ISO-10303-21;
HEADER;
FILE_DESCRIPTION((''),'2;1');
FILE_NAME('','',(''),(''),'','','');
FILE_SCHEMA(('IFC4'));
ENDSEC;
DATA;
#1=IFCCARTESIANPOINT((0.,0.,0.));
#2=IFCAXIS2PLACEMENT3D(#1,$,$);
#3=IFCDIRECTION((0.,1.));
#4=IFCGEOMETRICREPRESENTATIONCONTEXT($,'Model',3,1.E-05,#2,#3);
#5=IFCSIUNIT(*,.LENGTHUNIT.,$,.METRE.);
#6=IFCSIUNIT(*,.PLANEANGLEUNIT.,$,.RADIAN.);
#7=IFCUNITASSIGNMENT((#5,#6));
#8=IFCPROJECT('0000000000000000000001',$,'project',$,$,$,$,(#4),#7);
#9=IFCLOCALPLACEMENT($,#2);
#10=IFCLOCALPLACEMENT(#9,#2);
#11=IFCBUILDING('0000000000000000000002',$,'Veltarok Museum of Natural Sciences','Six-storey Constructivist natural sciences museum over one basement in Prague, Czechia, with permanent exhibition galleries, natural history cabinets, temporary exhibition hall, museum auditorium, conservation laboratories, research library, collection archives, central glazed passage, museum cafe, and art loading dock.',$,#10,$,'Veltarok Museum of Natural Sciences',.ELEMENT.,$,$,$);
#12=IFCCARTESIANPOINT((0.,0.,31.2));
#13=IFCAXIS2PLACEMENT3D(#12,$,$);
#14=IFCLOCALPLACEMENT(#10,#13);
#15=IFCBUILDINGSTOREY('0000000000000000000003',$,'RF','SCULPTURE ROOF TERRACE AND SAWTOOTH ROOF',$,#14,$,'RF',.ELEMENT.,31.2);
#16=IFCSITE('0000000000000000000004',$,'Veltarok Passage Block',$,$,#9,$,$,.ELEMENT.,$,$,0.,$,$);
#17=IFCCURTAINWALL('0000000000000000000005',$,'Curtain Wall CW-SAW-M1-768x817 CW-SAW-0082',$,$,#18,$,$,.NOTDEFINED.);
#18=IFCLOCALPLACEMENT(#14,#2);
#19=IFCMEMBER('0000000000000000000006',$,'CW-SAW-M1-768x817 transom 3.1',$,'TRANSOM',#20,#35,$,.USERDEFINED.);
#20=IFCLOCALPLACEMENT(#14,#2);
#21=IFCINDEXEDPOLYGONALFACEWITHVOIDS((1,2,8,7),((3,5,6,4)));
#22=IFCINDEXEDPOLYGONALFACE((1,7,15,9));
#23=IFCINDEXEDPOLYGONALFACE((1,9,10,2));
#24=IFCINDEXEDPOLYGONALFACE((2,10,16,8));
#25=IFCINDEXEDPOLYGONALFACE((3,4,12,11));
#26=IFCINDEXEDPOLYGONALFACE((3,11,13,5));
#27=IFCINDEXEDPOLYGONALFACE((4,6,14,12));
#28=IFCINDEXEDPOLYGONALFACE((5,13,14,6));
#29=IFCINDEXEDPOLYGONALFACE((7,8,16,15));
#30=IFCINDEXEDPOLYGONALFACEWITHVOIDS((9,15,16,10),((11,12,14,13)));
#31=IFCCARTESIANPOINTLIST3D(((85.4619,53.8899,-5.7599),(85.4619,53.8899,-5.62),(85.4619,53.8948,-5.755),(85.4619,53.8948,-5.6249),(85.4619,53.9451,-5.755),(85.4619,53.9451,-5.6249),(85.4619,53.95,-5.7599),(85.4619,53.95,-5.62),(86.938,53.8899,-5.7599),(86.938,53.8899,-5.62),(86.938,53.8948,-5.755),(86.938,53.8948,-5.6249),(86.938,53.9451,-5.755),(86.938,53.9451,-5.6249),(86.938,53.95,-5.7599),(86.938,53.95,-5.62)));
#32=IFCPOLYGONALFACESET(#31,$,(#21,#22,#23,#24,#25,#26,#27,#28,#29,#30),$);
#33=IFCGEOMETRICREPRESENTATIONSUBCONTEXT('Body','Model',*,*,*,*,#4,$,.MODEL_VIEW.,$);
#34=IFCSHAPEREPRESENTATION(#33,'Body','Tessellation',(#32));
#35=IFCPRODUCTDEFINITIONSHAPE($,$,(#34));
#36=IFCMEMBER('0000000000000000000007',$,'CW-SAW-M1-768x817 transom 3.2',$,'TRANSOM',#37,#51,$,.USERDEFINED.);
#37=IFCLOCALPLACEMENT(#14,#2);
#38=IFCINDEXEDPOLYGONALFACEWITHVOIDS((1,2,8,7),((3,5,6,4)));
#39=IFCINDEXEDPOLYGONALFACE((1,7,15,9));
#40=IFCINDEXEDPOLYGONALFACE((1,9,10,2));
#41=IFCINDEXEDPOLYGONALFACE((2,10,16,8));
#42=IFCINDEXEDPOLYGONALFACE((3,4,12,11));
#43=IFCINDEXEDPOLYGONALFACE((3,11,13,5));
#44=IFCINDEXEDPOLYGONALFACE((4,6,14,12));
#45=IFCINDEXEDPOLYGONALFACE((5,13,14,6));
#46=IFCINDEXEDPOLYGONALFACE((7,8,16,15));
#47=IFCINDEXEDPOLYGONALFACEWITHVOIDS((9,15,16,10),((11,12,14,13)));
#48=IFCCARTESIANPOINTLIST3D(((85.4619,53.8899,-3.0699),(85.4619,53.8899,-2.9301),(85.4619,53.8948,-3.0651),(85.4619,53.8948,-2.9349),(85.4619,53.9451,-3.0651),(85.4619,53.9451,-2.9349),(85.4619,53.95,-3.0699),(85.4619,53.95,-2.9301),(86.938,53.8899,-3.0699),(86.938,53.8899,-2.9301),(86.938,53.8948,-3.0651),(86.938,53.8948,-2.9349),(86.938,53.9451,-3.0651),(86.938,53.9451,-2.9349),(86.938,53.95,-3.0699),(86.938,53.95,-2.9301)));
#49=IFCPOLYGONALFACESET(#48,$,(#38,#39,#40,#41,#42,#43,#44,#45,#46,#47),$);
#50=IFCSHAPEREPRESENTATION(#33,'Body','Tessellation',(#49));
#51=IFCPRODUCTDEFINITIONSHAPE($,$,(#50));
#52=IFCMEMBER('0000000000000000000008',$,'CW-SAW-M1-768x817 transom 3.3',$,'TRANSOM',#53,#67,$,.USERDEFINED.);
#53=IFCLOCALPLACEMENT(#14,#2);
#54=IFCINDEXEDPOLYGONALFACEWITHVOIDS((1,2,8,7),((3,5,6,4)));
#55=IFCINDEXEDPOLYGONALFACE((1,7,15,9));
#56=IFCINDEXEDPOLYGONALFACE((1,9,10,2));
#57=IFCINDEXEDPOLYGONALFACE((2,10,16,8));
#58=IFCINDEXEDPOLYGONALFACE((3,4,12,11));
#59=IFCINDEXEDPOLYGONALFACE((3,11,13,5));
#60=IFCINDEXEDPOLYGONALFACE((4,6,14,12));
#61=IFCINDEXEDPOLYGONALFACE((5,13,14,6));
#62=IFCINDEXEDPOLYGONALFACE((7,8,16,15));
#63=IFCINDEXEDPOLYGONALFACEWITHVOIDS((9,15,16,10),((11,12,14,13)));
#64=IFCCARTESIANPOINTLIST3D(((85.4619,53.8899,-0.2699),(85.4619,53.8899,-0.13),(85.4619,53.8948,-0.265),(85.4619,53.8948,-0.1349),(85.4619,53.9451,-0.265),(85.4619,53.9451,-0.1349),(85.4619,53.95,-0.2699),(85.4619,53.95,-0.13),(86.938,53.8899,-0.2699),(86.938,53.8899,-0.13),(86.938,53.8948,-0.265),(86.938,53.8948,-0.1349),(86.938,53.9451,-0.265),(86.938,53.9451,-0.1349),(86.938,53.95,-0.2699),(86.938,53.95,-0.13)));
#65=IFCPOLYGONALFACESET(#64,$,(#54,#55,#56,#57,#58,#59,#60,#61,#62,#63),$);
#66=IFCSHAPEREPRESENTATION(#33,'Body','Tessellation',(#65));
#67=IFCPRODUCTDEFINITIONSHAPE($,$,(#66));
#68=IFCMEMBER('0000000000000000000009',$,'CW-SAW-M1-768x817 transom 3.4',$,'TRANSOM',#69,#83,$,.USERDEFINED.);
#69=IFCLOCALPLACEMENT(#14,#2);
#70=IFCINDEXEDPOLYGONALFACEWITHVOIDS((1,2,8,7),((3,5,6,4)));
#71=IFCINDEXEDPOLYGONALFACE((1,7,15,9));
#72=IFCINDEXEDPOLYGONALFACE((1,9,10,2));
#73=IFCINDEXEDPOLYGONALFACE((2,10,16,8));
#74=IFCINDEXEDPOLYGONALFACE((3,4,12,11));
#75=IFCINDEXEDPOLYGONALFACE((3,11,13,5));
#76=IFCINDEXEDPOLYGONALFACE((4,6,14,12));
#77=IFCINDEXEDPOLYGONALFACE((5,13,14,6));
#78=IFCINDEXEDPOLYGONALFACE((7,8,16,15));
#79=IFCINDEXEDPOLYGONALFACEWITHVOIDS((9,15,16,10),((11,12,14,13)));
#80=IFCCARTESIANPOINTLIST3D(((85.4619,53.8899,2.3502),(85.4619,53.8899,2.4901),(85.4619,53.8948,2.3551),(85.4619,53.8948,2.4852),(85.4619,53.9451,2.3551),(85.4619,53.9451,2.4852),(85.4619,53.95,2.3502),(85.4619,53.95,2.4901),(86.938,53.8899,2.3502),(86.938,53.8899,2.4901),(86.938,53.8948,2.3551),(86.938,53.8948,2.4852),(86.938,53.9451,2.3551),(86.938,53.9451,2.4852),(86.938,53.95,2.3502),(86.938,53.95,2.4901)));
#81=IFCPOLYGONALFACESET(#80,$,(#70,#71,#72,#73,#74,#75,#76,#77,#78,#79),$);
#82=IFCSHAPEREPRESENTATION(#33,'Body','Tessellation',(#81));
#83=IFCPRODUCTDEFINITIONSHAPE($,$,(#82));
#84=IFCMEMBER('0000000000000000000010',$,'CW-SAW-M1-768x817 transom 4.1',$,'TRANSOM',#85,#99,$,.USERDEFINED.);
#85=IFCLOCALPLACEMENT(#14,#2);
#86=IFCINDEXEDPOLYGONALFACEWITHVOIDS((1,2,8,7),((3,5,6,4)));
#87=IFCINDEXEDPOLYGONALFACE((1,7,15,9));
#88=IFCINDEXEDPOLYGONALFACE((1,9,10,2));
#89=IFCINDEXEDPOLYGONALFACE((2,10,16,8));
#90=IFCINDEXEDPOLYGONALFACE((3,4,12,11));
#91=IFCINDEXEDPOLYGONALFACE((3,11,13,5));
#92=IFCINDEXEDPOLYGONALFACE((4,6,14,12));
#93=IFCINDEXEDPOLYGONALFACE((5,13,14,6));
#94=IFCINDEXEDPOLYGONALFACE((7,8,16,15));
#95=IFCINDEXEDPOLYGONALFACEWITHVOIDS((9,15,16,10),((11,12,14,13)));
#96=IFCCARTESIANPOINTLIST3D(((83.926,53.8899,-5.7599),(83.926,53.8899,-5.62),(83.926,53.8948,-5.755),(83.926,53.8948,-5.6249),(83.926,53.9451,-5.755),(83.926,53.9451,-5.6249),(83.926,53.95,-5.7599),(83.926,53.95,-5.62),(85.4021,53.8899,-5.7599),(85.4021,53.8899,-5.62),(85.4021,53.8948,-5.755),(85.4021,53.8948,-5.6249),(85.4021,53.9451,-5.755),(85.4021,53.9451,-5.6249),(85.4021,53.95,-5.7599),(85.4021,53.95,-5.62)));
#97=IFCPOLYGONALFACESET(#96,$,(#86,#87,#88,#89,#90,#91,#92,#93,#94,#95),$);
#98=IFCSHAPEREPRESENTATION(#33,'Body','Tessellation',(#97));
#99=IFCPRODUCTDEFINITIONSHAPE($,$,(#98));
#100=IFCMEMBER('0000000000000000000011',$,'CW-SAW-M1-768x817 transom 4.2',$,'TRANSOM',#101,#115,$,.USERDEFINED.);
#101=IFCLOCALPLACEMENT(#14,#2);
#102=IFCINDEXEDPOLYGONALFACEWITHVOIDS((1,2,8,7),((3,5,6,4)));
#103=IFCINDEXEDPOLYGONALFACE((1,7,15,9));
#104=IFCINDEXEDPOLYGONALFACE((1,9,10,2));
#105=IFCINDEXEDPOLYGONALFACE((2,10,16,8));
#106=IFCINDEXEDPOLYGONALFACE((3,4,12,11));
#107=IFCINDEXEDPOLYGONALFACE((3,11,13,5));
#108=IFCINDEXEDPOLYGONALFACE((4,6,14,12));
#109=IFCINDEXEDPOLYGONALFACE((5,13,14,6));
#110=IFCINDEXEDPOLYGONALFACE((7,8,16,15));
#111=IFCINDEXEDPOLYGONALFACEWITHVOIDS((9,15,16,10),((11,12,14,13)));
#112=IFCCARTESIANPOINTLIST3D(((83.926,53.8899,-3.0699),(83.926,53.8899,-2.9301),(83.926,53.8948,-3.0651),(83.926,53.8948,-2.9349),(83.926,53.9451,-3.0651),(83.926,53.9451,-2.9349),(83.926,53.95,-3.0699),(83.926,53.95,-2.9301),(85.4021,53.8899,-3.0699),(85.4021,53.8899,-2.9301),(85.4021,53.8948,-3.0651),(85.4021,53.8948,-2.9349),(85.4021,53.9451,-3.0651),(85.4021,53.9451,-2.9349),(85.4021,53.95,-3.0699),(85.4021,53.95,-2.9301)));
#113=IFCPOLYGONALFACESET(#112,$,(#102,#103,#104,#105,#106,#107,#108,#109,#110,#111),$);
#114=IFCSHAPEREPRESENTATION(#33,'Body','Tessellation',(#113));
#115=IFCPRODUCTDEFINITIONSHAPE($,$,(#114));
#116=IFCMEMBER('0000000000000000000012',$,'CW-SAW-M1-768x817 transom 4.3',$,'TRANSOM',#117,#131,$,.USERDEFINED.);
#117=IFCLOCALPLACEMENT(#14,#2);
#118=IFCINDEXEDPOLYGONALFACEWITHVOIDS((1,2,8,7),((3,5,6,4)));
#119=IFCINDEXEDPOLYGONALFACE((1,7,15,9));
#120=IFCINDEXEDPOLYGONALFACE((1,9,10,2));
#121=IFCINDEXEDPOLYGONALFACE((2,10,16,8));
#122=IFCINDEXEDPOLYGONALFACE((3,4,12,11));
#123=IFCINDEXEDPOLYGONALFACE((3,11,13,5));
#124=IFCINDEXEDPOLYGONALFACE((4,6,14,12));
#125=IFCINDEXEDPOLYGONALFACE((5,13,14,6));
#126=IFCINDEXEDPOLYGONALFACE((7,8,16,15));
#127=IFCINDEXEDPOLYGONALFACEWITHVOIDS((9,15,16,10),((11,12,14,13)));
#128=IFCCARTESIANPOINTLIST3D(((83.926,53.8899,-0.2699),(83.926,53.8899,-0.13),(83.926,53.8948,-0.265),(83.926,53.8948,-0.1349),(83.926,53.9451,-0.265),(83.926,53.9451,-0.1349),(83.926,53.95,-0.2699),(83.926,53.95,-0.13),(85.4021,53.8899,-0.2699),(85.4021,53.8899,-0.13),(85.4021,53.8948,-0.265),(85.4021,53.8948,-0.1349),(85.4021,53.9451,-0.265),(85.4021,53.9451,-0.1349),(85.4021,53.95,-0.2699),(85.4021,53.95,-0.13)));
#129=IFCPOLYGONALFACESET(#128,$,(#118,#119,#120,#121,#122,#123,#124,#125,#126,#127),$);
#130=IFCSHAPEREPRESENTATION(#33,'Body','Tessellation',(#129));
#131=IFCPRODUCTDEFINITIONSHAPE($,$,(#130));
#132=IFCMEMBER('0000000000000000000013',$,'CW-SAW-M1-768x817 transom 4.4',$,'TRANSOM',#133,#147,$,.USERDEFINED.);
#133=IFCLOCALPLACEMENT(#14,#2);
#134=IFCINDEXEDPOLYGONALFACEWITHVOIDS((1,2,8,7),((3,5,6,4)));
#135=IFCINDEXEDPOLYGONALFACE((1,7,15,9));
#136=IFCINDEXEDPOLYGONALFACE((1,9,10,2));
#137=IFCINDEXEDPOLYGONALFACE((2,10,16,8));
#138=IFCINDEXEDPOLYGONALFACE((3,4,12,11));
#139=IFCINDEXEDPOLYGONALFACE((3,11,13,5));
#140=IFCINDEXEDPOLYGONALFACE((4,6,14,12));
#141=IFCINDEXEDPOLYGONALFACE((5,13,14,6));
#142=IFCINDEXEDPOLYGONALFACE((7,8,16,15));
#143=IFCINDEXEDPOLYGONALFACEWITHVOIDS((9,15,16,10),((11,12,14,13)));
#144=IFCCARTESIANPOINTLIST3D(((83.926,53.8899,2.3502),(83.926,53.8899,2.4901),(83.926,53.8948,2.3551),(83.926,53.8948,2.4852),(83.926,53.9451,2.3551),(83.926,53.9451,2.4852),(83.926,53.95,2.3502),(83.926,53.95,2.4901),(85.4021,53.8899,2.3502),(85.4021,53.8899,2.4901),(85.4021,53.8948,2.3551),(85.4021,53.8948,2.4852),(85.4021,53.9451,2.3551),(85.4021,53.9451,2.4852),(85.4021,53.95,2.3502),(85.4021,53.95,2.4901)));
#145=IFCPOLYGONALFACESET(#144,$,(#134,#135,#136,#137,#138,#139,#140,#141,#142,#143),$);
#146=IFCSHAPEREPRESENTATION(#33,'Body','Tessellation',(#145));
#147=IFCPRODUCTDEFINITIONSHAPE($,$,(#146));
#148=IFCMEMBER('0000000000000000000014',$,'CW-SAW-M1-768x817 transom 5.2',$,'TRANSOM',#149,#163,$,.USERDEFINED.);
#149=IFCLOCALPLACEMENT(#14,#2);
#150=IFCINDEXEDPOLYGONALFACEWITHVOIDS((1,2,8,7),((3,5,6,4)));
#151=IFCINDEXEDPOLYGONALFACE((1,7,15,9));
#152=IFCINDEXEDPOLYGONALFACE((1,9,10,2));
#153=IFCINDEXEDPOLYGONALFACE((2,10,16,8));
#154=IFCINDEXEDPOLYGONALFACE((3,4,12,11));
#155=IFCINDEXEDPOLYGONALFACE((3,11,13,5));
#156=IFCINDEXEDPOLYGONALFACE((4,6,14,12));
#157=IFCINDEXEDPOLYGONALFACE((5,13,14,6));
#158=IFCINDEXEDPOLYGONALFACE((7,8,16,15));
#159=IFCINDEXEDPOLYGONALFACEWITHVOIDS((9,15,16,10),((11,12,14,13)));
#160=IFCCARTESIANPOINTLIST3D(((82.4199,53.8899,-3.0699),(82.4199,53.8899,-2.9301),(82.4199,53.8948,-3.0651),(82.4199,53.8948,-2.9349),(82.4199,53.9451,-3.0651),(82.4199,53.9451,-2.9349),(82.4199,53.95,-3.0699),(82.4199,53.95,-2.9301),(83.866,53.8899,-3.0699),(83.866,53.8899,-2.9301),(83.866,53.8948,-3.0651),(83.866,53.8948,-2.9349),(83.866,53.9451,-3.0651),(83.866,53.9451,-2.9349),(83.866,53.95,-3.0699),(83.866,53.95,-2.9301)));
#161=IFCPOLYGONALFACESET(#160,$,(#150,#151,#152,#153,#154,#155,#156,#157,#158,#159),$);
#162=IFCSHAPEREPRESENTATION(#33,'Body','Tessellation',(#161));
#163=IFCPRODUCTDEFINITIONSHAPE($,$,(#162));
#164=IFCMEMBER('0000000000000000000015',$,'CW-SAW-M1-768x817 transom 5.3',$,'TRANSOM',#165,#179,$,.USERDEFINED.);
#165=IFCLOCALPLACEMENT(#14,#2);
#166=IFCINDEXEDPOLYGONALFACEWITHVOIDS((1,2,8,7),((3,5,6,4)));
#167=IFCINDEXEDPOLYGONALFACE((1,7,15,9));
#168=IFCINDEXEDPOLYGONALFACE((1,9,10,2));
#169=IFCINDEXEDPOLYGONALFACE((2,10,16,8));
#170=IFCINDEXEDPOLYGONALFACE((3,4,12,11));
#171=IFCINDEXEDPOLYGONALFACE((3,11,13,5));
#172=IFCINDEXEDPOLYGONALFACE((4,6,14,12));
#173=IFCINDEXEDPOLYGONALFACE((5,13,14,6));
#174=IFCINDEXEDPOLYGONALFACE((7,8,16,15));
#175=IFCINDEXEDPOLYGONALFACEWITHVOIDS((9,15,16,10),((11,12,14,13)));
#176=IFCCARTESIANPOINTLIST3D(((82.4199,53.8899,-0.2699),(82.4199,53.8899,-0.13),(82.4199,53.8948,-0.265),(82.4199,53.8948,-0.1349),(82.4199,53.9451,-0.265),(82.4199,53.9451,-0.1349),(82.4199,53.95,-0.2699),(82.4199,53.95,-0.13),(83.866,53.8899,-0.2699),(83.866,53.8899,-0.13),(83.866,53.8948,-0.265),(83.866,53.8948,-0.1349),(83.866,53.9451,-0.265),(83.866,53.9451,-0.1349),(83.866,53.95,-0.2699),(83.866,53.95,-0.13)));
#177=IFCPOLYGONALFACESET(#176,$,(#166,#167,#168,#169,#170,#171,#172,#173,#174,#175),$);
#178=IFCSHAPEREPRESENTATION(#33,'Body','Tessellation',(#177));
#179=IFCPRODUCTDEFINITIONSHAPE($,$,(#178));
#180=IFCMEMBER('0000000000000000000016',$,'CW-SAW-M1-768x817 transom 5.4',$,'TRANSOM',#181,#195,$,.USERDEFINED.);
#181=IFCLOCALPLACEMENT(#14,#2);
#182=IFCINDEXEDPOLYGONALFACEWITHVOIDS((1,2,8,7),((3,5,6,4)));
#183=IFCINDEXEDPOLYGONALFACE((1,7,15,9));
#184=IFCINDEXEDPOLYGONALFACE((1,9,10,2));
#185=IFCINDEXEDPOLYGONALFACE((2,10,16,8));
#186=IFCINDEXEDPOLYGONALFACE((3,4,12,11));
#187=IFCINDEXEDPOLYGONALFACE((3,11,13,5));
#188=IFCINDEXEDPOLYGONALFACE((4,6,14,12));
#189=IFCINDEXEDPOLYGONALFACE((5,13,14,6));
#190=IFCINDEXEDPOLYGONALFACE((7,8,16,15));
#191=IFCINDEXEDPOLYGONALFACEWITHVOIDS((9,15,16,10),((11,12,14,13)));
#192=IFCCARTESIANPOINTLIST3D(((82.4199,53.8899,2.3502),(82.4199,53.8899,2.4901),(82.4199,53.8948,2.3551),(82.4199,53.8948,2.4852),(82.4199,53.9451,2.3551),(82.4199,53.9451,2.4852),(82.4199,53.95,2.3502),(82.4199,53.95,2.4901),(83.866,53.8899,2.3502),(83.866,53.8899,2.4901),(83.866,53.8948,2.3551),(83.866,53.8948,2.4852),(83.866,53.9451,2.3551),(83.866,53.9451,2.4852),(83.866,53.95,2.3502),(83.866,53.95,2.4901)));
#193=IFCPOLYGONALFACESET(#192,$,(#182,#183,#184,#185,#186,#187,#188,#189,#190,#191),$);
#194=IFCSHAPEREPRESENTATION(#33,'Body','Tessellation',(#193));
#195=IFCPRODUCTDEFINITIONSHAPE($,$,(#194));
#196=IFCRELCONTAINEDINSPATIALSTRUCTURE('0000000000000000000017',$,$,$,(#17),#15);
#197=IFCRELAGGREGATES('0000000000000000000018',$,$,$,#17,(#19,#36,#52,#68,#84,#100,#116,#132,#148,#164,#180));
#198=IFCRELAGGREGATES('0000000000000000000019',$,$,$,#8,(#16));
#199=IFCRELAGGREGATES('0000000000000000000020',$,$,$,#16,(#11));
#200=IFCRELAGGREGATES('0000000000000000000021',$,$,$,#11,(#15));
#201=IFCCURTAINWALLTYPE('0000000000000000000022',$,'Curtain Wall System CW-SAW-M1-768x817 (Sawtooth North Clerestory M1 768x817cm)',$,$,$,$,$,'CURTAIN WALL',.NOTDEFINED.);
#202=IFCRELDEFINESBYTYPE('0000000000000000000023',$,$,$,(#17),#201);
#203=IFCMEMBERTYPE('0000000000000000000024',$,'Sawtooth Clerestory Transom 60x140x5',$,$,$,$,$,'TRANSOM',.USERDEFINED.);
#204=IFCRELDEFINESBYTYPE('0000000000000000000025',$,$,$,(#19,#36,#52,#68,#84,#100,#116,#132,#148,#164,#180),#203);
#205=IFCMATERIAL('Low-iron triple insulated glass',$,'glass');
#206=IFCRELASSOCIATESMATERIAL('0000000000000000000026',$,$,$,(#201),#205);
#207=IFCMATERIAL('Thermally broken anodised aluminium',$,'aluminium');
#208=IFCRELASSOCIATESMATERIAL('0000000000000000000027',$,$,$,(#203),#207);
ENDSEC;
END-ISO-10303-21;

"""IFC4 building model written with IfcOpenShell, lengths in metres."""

from ifc_helpers import new_model, si_unit, direction, frame, origin, origin_2d, place, context, subcontext, project, spatial, hollow_rectangle, extrude, material, material_profile, profile_set, type_object, element, aggregate, save


model = new_model("IFC4")

# Units and contexts
model_context = context("Model", 3, precision=1e-05, world=origin(), true_north=direction((0.0, 1.0)))
body_context = subcontext(model_context, "Body", "Model", "MODEL_VIEW")
ifc_project = project(units=[si_unit("LENGTHUNIT", "METRE"), si_unit("PLANEANGLEUNIT", "RADIAN")], contexts=[model_context])

# Site, building, storey
site_placement = place(None, origin())
site = spatial("IfcSite", under=ifc_project, at=site_placement, Name="Veltarok Passage Block", CompositionType="ELEMENT", RefElevation=0.0)
building_placement = place(site_placement, origin())
building = spatial("IfcBuilding", under=site, at=building_placement, Name="Veltarok Museum of Natural Sciences", Description="Six-storey Constructivist natural sciences museum over one basement in Prague, Czechia, with permanent exhibition galleries, natural history cabinets, temporary exhibition hall, museum auditorium, conservation laboratories, research library, collection archives, central glazed passage, museum cafe, and art loading dock.", LongName="Veltarok Museum of Natural Sciences", CompositionType="ELEMENT")
storey_placement = place(building_placement, frame((0.0, 0.0, 31.2)))
storey = spatial("IfcBuildingStorey", under=building, at=storey_placement, Name="RF", Description="SCULPTURE ROOF TERRACE AND SAWTOOTH ROOF", LongName="RF", CompositionType="ELEMENT", Elevation=31.2)

# Curtain wall, members
ifc_material_1 = material(Name="Low-iron triple insulated glass", Category="glass")
curtain_wall_type = type_object("IfcCurtainWallType", Name="Curtain Wall System CW-SAW-M1-768x817 (Sawtooth North Clerestory M1 768x817cm)", ElementType="CURTAIN WALL", PredefinedType="NOTDEFINED", material=ifc_material_1)
curtain_wall_placement = place(storey_placement, origin())
curtain_wall = element("IfcCurtainWall", 1, at=curtain_wall_placement, inside=storey, type_object=curtain_wall_type, Name="Curtain Wall CW-SAW-M1-768x817 CW-SAW-0082", PredefinedType="NOTDEFINED")
ifc_material_2 = material(Name="Thermally broken anodised aluminium", Category="aluminium")
ifc_material_profile_1 = material_profile(ifc_material_2, hollow_rectangle(XDim=0.0601, YDim=0.1399, WallThickness=0.0049, at=origin_2d()), Name="CW TRANSOM 60x140x5")
ifc_profile_set_1 = profile_set([ifc_material_profile_1], Name="Thermally broken anodised aluminium")
member_type_1 = type_object("IfcMemberType", Name="Sawtooth Clerestory Transom 60x140x5", ElementType="TRANSOM", PredefinedType="USERDEFINED", material=ifc_profile_set_1)
member_1_placement = place(storey_placement, frame((86.938, 53.9199, -5.6899), z_axis=(-1.0, 0.0, 0.0), x_axis=(0.0, -1.0, 0.0)))
member_1 = element("IfcMember", 2, at=member_1_placement, type_object=member_type_1, Name="CW-SAW-M1-768x817 transom 3.1", ObjectType="TRANSOM", PredefinedType="USERDEFINED", context=body_context, shape_type="SweptSolid", body=[
    extrude(hollow_rectangle(XDim=0.0601, YDim=0.1399, WallThickness=0.0049, at=origin_2d()), origin(), (0.0, 0.0, 1.0), 1.4761),
])
member_2_placement = place(storey_placement, frame((86.938, 53.9199, -3.0), z_axis=(-1.0, 0.0, 0.0), x_axis=(0.0, -1.0, 0.0)))
member_2 = element("IfcMember", 3, at=member_2_placement, type_object=member_type_1, Name="CW-SAW-M1-768x817 transom 3.2", ObjectType="TRANSOM", PredefinedType="USERDEFINED", context=body_context, shape_type="SweptSolid", body=[
    extrude(hollow_rectangle(XDim=0.0601, YDim=0.1399, WallThickness=0.0049, at=origin_2d()), origin(), (0.0, 0.0, 1.0), 1.4761),
])
member_3_placement = place(storey_placement, frame((86.938, 53.9199, -0.2), z_axis=(-1.0, 0.0, 0.0), x_axis=(0.0, -1.0, 0.0)))
member_3 = element("IfcMember", 4, at=member_3_placement, type_object=member_type_1, Name="CW-SAW-M1-768x817 transom 3.3", ObjectType="TRANSOM", PredefinedType="USERDEFINED", context=body_context, shape_type="SweptSolid", body=[
    extrude(hollow_rectangle(XDim=0.0601, YDim=0.1399, WallThickness=0.0049, at=origin_2d()), origin(), (0.0, 0.0, 1.0), 1.4761),
])
member_4_placement = place(storey_placement, frame((86.938, 53.9199, 2.4202), z_axis=(-1.0, 0.0, 0.0), x_axis=(0.0, -1.0, 0.0)))
member_4 = element("IfcMember", 5, at=member_4_placement, type_object=member_type_1, Name="CW-SAW-M1-768x817 transom 3.4", ObjectType="TRANSOM", PredefinedType="USERDEFINED", context=body_context, shape_type="SweptSolid", body=[
    extrude(hollow_rectangle(XDim=0.0601, YDim=0.1399, WallThickness=0.0049, at=origin_2d()), origin(), (0.0, 0.0, 1.0), 1.4761),
])
member_5_placement = place(storey_placement, frame((85.4021, 53.9199, -5.6899), z_axis=(-1.0, 0.0, 0.0), x_axis=(0.0, -1.0, 0.0)))
member_5 = element("IfcMember", 6, at=member_5_placement, type_object=member_type_1, Name="CW-SAW-M1-768x817 transom 4.1", ObjectType="TRANSOM", PredefinedType="USERDEFINED", context=body_context, shape_type="SweptSolid", body=[
    extrude(hollow_rectangle(XDim=0.0601, YDim=0.1399, WallThickness=0.0049, at=origin_2d()), origin(), (0.0, 0.0, 1.0), 1.4761),
])
member_6_placement = place(storey_placement, frame((85.4021, 53.9199, -3.0), z_axis=(-1.0, 0.0, 0.0), x_axis=(0.0, -1.0, 0.0)))
member_6 = element("IfcMember", 7, at=member_6_placement, type_object=member_type_1, Name="CW-SAW-M1-768x817 transom 4.2", ObjectType="TRANSOM", PredefinedType="USERDEFINED", context=body_context, shape_type="SweptSolid", body=[
    extrude(hollow_rectangle(XDim=0.0601, YDim=0.1399, WallThickness=0.0049, at=origin_2d()), origin(), (0.0, 0.0, 1.0), 1.4761),
])
member_7_placement = place(storey_placement, frame((85.4021, 53.9199, -0.2), z_axis=(-1.0, 0.0, 0.0), x_axis=(0.0, -1.0, 0.0)))
member_7 = element("IfcMember", 8, at=member_7_placement, type_object=member_type_1, Name="CW-SAW-M1-768x817 transom 4.3", ObjectType="TRANSOM", PredefinedType="USERDEFINED", context=body_context, shape_type="SweptSolid", body=[
    extrude(hollow_rectangle(XDim=0.0601, YDim=0.1399, WallThickness=0.0049, at=origin_2d()), origin(), (0.0, 0.0, 1.0), 1.4761),
])
member_8_placement = place(storey_placement, frame((85.4021, 53.9199, 2.4202), z_axis=(-1.0, 0.0, 0.0), x_axis=(0.0, -1.0, 0.0)))
member_8 = element("IfcMember", 9, at=member_8_placement, type_object=member_type_1, Name="CW-SAW-M1-768x817 transom 4.4", ObjectType="TRANSOM", PredefinedType="USERDEFINED", context=body_context, shape_type="SweptSolid", body=[
    extrude(hollow_rectangle(XDim=0.0601, YDim=0.1399, WallThickness=0.0049, at=origin_2d()), origin(), (0.0, 0.0, 1.0), 1.4761),
])
member_9_placement = place(storey_placement, frame((83.866, 53.9199, -3.0), z_axis=(-1.0, 0.0, 0.0), x_axis=(0.0, -1.0, 0.0)))
member_9 = element("IfcMember", 10, at=member_9_placement, type_object=member_type_1, Name="CW-SAW-M1-768x817 transom 5.2", ObjectType="TRANSOM", PredefinedType="USERDEFINED", context=body_context, shape_type="SweptSolid", body=[
    extrude(hollow_rectangle(XDim=0.0601, YDim=0.1399, WallThickness=0.0049, at=origin_2d()), origin(), (0.0, 0.0, 1.0), 1.446),
])
member_10_placement = place(storey_placement, frame((83.866, 53.9199, -0.2), z_axis=(-1.0, 0.0, 0.0), x_axis=(0.0, -1.0, 0.0)))
member_10 = element("IfcMember", 11, at=member_10_placement, type_object=member_type_1, Name="CW-SAW-M1-768x817 transom 5.3", ObjectType="TRANSOM", PredefinedType="USERDEFINED", context=body_context, shape_type="SweptSolid", body=[
    extrude(hollow_rectangle(XDim=0.0601, YDim=0.1399, WallThickness=0.0049, at=origin_2d()), origin(), (0.0, 0.0, 1.0), 1.446),
])
member_11_placement = place(storey_placement, frame((83.866, 53.9199, 2.4202), z_axis=(-1.0, 0.0, 0.0), x_axis=(0.0, -1.0, 0.0)))
member_11 = element("IfcMember", 12, at=member_11_placement, type_object=member_type_1, Name="CW-SAW-M1-768x817 transom 5.4", ObjectType="TRANSOM", PredefinedType="USERDEFINED", context=body_context, shape_type="SweptSolid", body=[
    extrude(hollow_rectangle(XDim=0.0601, YDim=0.1399, WallThickness=0.0049, at=origin_2d()), origin(), (0.0, 0.0, 1.0), 1.446),
])
aggregate(curtain_wall, [member_1, member_2, member_3, member_4, member_5, member_6, member_7, member_8, member_9, member_10, member_11])

save(model, "model.ifc")
